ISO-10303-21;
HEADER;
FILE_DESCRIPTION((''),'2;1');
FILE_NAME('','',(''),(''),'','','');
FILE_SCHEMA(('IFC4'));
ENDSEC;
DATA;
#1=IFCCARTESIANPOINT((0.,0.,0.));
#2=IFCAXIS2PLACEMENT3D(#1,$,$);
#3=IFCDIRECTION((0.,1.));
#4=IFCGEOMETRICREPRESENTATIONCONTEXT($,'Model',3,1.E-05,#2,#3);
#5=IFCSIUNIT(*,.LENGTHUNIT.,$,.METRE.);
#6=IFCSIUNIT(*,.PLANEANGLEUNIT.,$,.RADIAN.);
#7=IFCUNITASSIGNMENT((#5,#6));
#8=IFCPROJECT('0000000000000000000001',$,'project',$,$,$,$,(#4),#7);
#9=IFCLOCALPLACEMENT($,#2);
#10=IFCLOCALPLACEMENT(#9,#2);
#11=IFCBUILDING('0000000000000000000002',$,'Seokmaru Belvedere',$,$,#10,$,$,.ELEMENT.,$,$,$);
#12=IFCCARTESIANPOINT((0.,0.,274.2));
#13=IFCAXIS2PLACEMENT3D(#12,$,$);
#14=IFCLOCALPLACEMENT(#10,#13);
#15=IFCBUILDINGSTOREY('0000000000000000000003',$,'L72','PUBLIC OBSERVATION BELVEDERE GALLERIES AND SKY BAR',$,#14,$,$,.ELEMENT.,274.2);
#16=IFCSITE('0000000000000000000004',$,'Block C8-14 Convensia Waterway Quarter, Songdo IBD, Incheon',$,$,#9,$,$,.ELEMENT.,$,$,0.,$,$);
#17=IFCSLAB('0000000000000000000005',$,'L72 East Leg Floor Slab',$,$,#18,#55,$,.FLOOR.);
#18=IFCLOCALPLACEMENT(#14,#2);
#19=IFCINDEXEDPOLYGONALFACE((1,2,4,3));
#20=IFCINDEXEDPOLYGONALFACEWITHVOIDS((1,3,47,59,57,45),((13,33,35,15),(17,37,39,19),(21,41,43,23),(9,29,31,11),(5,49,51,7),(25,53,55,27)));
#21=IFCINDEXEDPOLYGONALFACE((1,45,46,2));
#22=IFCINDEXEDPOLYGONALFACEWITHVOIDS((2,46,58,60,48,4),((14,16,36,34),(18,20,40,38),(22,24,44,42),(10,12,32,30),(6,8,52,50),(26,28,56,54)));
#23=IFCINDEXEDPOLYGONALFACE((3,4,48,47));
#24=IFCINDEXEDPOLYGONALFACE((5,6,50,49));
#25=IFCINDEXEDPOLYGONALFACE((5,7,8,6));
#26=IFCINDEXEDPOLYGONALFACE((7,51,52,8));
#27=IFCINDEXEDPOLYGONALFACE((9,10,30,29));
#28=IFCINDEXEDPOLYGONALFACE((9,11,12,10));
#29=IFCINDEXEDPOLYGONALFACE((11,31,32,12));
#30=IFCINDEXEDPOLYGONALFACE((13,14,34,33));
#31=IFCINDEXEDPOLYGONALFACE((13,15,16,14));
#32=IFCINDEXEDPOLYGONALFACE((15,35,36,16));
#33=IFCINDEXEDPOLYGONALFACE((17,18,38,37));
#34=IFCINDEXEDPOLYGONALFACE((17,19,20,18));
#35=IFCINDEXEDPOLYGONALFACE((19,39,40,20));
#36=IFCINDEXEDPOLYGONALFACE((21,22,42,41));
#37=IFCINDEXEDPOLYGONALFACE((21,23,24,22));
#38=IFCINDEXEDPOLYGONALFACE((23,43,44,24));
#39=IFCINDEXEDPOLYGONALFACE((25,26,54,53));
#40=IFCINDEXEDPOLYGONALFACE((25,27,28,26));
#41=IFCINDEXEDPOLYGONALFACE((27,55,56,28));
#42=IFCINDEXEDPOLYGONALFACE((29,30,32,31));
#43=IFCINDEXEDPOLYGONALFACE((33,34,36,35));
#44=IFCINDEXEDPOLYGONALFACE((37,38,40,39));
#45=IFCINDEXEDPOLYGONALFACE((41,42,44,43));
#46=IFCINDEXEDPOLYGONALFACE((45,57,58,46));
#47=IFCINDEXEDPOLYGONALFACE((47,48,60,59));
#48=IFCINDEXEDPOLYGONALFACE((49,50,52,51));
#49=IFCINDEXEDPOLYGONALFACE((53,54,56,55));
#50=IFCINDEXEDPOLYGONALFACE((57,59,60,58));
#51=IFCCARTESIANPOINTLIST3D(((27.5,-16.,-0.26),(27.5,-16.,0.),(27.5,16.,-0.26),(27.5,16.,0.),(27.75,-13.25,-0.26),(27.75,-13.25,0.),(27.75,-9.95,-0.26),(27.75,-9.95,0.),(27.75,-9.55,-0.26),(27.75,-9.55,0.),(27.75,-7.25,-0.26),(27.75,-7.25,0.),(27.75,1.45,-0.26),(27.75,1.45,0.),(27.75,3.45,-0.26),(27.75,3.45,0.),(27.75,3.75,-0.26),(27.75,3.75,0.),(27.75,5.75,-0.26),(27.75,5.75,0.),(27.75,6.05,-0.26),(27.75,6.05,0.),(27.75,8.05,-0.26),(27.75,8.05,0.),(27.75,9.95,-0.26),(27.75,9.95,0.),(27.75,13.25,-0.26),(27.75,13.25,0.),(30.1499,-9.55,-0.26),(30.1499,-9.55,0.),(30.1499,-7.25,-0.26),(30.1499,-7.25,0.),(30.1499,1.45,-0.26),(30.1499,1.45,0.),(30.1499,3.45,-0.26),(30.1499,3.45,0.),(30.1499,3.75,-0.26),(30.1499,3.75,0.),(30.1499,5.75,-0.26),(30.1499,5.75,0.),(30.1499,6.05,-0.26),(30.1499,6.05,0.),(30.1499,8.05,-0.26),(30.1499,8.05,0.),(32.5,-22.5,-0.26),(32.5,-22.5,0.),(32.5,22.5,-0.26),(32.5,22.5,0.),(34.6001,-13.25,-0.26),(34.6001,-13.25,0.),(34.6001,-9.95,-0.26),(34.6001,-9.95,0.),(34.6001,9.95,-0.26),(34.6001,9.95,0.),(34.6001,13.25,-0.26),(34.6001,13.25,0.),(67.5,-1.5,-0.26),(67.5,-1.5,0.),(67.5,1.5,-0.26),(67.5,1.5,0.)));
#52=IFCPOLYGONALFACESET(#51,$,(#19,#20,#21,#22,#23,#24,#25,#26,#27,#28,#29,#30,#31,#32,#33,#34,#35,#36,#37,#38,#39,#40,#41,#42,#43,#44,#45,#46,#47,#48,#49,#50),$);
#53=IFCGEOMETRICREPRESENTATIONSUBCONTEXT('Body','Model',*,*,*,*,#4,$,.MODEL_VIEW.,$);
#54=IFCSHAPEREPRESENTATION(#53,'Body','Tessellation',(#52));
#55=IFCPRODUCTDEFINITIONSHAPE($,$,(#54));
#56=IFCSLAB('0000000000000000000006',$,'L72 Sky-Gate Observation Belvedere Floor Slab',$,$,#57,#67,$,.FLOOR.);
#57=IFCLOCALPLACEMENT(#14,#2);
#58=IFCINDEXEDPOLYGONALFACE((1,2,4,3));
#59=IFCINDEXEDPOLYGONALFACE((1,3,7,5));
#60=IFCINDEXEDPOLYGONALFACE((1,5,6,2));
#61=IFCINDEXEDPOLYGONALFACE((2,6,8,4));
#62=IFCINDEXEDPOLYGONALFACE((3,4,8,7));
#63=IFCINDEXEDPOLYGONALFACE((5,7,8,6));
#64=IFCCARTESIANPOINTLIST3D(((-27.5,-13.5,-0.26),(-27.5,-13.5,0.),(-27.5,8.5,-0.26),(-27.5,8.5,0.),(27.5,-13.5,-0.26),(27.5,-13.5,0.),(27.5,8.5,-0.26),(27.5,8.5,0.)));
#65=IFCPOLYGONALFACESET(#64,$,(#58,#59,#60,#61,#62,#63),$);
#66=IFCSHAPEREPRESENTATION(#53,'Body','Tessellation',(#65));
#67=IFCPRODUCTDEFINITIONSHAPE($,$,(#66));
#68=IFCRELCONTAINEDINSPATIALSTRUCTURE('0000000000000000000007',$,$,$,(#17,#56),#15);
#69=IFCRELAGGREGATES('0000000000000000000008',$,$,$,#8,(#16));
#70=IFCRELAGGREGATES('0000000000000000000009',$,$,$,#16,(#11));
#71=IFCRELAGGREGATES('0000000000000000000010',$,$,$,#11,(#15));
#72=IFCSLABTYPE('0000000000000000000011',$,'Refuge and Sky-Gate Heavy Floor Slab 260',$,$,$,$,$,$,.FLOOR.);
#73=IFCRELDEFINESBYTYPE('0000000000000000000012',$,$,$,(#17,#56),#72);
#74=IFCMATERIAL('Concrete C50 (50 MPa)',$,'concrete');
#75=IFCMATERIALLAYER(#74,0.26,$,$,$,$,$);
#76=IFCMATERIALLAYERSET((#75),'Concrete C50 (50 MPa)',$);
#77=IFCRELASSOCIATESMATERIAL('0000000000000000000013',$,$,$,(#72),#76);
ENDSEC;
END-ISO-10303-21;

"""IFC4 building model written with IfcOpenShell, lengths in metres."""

from ifc_helpers import new_model, si_unit, direction, frame, origin, place, context, subcontext, project, spatial, polyline, outline, extrude, material, layer, layer_set, type_object, element, save


model = new_model("IFC4")

# Units and contexts
model_context = context("Model", 3, precision=1e-05, world=origin(), true_north=direction((0.0, 1.0)))
body_context = subcontext(model_context, "Body", "Model", "MODEL_VIEW")
ifc_project = project(units=[si_unit("LENGTHUNIT", "METRE"), si_unit("PLANEANGLEUNIT", "RADIAN")], contexts=[model_context])

# Site, building, storey
site_placement = place(None, origin())
site = spatial("IfcSite", under=ifc_project, at=site_placement, Name="Block C8-14 Convensia Waterway Quarter, Songdo IBD, Incheon", CompositionType="ELEMENT", RefElevation=0.0)
building_placement = place(site_placement, origin())
building = spatial("IfcBuilding", under=site, at=building_placement, Name="Seokmaru Belvedere", CompositionType="ELEMENT")
storey_placement = place(building_placement, frame((0.0, 0.0, 274.2)))
storey = spatial("IfcBuildingStorey", under=building, at=storey_placement, Name="L72", Description="PUBLIC OBSERVATION BELVEDERE GALLERIES AND SKY BAR", CompositionType="ELEMENT", Elevation=274.2)

# Slabs
ifc_material_1 = material(Name="Concrete C50 (50 MPa)", Category="concrete")
ifc_layer_1 = layer(ifc_material_1, 0.26)
ifc_layer_set_1 = layer_set([ifc_layer_1], Name="Concrete C50 (50 MPa)")
slab_type_1 = type_object("IfcSlabType", Name="Refuge and Sky-Gate Heavy Floor Slab 260", PredefinedType="FLOOR", material=ifc_layer_set_1)
slab_1_placement = place(storey_placement, frame((0.0, 0.0, -0.26)))
element("IfcSlab", 1, at=slab_1_placement, inside=storey, type_object=slab_type_1, Name="L72 East Leg Floor Slab", PredefinedType="FLOOR", context=body_context, shape_type="SweptSolid", body=[
    extrude(outline(polyline([(32.5, -22.5), (67.5, -1.5), (67.5, 1.5), (32.5, 22.5), (27.5, 16.0), (27.5, -16.0), (32.5, -22.5)]), holes=[polyline([(27.75, -13.25), (34.6001, -13.25), (34.6001, -9.95), (27.75, -9.95), (27.75, -13.25)]), polyline([(27.75, 9.95), (34.6001, 9.95), (34.6001, 13.25), (27.75, 13.25), (27.75, 9.95)]), polyline([(27.75, -9.55), (30.1499, -9.55), (30.1499, -7.25), (27.75, -7.25), (27.75, -9.55)]), polyline([(27.75, 1.45), (30.1499, 1.45), (30.1499, 3.45), (27.75, 3.45), (27.75, 1.45)]), polyline([(27.75, 3.75), (30.1499, 3.75), (30.1499, 5.75), (27.75, 5.75), (27.75, 3.75)]), polyline([(27.75, 6.05), (30.1499, 6.05), (30.1499, 8.05), (27.75, 8.05), (27.75, 6.05)])]), origin(), (0.0, 0.0, 1.0), 0.26),
])
slab_2_placement = place(storey_placement, frame((0.0, 0.0, -0.26)))
element("IfcSlab", 2, at=slab_2_placement, inside=storey, type_object=slab_type_1, Name="L72 Sky-Gate Observation Belvedere Floor Slab", PredefinedType="FLOOR", context=body_context, shape_type="SweptSolid", body=[
    extrude(outline(polyline([(-27.5, -13.5), (27.5, -13.5), (27.5, 8.5), (-27.5, 8.5), (-27.5, -13.5)])), origin(), (0.0, 0.0, 1.0), 0.26),
])

save(model, "model.ifc")
